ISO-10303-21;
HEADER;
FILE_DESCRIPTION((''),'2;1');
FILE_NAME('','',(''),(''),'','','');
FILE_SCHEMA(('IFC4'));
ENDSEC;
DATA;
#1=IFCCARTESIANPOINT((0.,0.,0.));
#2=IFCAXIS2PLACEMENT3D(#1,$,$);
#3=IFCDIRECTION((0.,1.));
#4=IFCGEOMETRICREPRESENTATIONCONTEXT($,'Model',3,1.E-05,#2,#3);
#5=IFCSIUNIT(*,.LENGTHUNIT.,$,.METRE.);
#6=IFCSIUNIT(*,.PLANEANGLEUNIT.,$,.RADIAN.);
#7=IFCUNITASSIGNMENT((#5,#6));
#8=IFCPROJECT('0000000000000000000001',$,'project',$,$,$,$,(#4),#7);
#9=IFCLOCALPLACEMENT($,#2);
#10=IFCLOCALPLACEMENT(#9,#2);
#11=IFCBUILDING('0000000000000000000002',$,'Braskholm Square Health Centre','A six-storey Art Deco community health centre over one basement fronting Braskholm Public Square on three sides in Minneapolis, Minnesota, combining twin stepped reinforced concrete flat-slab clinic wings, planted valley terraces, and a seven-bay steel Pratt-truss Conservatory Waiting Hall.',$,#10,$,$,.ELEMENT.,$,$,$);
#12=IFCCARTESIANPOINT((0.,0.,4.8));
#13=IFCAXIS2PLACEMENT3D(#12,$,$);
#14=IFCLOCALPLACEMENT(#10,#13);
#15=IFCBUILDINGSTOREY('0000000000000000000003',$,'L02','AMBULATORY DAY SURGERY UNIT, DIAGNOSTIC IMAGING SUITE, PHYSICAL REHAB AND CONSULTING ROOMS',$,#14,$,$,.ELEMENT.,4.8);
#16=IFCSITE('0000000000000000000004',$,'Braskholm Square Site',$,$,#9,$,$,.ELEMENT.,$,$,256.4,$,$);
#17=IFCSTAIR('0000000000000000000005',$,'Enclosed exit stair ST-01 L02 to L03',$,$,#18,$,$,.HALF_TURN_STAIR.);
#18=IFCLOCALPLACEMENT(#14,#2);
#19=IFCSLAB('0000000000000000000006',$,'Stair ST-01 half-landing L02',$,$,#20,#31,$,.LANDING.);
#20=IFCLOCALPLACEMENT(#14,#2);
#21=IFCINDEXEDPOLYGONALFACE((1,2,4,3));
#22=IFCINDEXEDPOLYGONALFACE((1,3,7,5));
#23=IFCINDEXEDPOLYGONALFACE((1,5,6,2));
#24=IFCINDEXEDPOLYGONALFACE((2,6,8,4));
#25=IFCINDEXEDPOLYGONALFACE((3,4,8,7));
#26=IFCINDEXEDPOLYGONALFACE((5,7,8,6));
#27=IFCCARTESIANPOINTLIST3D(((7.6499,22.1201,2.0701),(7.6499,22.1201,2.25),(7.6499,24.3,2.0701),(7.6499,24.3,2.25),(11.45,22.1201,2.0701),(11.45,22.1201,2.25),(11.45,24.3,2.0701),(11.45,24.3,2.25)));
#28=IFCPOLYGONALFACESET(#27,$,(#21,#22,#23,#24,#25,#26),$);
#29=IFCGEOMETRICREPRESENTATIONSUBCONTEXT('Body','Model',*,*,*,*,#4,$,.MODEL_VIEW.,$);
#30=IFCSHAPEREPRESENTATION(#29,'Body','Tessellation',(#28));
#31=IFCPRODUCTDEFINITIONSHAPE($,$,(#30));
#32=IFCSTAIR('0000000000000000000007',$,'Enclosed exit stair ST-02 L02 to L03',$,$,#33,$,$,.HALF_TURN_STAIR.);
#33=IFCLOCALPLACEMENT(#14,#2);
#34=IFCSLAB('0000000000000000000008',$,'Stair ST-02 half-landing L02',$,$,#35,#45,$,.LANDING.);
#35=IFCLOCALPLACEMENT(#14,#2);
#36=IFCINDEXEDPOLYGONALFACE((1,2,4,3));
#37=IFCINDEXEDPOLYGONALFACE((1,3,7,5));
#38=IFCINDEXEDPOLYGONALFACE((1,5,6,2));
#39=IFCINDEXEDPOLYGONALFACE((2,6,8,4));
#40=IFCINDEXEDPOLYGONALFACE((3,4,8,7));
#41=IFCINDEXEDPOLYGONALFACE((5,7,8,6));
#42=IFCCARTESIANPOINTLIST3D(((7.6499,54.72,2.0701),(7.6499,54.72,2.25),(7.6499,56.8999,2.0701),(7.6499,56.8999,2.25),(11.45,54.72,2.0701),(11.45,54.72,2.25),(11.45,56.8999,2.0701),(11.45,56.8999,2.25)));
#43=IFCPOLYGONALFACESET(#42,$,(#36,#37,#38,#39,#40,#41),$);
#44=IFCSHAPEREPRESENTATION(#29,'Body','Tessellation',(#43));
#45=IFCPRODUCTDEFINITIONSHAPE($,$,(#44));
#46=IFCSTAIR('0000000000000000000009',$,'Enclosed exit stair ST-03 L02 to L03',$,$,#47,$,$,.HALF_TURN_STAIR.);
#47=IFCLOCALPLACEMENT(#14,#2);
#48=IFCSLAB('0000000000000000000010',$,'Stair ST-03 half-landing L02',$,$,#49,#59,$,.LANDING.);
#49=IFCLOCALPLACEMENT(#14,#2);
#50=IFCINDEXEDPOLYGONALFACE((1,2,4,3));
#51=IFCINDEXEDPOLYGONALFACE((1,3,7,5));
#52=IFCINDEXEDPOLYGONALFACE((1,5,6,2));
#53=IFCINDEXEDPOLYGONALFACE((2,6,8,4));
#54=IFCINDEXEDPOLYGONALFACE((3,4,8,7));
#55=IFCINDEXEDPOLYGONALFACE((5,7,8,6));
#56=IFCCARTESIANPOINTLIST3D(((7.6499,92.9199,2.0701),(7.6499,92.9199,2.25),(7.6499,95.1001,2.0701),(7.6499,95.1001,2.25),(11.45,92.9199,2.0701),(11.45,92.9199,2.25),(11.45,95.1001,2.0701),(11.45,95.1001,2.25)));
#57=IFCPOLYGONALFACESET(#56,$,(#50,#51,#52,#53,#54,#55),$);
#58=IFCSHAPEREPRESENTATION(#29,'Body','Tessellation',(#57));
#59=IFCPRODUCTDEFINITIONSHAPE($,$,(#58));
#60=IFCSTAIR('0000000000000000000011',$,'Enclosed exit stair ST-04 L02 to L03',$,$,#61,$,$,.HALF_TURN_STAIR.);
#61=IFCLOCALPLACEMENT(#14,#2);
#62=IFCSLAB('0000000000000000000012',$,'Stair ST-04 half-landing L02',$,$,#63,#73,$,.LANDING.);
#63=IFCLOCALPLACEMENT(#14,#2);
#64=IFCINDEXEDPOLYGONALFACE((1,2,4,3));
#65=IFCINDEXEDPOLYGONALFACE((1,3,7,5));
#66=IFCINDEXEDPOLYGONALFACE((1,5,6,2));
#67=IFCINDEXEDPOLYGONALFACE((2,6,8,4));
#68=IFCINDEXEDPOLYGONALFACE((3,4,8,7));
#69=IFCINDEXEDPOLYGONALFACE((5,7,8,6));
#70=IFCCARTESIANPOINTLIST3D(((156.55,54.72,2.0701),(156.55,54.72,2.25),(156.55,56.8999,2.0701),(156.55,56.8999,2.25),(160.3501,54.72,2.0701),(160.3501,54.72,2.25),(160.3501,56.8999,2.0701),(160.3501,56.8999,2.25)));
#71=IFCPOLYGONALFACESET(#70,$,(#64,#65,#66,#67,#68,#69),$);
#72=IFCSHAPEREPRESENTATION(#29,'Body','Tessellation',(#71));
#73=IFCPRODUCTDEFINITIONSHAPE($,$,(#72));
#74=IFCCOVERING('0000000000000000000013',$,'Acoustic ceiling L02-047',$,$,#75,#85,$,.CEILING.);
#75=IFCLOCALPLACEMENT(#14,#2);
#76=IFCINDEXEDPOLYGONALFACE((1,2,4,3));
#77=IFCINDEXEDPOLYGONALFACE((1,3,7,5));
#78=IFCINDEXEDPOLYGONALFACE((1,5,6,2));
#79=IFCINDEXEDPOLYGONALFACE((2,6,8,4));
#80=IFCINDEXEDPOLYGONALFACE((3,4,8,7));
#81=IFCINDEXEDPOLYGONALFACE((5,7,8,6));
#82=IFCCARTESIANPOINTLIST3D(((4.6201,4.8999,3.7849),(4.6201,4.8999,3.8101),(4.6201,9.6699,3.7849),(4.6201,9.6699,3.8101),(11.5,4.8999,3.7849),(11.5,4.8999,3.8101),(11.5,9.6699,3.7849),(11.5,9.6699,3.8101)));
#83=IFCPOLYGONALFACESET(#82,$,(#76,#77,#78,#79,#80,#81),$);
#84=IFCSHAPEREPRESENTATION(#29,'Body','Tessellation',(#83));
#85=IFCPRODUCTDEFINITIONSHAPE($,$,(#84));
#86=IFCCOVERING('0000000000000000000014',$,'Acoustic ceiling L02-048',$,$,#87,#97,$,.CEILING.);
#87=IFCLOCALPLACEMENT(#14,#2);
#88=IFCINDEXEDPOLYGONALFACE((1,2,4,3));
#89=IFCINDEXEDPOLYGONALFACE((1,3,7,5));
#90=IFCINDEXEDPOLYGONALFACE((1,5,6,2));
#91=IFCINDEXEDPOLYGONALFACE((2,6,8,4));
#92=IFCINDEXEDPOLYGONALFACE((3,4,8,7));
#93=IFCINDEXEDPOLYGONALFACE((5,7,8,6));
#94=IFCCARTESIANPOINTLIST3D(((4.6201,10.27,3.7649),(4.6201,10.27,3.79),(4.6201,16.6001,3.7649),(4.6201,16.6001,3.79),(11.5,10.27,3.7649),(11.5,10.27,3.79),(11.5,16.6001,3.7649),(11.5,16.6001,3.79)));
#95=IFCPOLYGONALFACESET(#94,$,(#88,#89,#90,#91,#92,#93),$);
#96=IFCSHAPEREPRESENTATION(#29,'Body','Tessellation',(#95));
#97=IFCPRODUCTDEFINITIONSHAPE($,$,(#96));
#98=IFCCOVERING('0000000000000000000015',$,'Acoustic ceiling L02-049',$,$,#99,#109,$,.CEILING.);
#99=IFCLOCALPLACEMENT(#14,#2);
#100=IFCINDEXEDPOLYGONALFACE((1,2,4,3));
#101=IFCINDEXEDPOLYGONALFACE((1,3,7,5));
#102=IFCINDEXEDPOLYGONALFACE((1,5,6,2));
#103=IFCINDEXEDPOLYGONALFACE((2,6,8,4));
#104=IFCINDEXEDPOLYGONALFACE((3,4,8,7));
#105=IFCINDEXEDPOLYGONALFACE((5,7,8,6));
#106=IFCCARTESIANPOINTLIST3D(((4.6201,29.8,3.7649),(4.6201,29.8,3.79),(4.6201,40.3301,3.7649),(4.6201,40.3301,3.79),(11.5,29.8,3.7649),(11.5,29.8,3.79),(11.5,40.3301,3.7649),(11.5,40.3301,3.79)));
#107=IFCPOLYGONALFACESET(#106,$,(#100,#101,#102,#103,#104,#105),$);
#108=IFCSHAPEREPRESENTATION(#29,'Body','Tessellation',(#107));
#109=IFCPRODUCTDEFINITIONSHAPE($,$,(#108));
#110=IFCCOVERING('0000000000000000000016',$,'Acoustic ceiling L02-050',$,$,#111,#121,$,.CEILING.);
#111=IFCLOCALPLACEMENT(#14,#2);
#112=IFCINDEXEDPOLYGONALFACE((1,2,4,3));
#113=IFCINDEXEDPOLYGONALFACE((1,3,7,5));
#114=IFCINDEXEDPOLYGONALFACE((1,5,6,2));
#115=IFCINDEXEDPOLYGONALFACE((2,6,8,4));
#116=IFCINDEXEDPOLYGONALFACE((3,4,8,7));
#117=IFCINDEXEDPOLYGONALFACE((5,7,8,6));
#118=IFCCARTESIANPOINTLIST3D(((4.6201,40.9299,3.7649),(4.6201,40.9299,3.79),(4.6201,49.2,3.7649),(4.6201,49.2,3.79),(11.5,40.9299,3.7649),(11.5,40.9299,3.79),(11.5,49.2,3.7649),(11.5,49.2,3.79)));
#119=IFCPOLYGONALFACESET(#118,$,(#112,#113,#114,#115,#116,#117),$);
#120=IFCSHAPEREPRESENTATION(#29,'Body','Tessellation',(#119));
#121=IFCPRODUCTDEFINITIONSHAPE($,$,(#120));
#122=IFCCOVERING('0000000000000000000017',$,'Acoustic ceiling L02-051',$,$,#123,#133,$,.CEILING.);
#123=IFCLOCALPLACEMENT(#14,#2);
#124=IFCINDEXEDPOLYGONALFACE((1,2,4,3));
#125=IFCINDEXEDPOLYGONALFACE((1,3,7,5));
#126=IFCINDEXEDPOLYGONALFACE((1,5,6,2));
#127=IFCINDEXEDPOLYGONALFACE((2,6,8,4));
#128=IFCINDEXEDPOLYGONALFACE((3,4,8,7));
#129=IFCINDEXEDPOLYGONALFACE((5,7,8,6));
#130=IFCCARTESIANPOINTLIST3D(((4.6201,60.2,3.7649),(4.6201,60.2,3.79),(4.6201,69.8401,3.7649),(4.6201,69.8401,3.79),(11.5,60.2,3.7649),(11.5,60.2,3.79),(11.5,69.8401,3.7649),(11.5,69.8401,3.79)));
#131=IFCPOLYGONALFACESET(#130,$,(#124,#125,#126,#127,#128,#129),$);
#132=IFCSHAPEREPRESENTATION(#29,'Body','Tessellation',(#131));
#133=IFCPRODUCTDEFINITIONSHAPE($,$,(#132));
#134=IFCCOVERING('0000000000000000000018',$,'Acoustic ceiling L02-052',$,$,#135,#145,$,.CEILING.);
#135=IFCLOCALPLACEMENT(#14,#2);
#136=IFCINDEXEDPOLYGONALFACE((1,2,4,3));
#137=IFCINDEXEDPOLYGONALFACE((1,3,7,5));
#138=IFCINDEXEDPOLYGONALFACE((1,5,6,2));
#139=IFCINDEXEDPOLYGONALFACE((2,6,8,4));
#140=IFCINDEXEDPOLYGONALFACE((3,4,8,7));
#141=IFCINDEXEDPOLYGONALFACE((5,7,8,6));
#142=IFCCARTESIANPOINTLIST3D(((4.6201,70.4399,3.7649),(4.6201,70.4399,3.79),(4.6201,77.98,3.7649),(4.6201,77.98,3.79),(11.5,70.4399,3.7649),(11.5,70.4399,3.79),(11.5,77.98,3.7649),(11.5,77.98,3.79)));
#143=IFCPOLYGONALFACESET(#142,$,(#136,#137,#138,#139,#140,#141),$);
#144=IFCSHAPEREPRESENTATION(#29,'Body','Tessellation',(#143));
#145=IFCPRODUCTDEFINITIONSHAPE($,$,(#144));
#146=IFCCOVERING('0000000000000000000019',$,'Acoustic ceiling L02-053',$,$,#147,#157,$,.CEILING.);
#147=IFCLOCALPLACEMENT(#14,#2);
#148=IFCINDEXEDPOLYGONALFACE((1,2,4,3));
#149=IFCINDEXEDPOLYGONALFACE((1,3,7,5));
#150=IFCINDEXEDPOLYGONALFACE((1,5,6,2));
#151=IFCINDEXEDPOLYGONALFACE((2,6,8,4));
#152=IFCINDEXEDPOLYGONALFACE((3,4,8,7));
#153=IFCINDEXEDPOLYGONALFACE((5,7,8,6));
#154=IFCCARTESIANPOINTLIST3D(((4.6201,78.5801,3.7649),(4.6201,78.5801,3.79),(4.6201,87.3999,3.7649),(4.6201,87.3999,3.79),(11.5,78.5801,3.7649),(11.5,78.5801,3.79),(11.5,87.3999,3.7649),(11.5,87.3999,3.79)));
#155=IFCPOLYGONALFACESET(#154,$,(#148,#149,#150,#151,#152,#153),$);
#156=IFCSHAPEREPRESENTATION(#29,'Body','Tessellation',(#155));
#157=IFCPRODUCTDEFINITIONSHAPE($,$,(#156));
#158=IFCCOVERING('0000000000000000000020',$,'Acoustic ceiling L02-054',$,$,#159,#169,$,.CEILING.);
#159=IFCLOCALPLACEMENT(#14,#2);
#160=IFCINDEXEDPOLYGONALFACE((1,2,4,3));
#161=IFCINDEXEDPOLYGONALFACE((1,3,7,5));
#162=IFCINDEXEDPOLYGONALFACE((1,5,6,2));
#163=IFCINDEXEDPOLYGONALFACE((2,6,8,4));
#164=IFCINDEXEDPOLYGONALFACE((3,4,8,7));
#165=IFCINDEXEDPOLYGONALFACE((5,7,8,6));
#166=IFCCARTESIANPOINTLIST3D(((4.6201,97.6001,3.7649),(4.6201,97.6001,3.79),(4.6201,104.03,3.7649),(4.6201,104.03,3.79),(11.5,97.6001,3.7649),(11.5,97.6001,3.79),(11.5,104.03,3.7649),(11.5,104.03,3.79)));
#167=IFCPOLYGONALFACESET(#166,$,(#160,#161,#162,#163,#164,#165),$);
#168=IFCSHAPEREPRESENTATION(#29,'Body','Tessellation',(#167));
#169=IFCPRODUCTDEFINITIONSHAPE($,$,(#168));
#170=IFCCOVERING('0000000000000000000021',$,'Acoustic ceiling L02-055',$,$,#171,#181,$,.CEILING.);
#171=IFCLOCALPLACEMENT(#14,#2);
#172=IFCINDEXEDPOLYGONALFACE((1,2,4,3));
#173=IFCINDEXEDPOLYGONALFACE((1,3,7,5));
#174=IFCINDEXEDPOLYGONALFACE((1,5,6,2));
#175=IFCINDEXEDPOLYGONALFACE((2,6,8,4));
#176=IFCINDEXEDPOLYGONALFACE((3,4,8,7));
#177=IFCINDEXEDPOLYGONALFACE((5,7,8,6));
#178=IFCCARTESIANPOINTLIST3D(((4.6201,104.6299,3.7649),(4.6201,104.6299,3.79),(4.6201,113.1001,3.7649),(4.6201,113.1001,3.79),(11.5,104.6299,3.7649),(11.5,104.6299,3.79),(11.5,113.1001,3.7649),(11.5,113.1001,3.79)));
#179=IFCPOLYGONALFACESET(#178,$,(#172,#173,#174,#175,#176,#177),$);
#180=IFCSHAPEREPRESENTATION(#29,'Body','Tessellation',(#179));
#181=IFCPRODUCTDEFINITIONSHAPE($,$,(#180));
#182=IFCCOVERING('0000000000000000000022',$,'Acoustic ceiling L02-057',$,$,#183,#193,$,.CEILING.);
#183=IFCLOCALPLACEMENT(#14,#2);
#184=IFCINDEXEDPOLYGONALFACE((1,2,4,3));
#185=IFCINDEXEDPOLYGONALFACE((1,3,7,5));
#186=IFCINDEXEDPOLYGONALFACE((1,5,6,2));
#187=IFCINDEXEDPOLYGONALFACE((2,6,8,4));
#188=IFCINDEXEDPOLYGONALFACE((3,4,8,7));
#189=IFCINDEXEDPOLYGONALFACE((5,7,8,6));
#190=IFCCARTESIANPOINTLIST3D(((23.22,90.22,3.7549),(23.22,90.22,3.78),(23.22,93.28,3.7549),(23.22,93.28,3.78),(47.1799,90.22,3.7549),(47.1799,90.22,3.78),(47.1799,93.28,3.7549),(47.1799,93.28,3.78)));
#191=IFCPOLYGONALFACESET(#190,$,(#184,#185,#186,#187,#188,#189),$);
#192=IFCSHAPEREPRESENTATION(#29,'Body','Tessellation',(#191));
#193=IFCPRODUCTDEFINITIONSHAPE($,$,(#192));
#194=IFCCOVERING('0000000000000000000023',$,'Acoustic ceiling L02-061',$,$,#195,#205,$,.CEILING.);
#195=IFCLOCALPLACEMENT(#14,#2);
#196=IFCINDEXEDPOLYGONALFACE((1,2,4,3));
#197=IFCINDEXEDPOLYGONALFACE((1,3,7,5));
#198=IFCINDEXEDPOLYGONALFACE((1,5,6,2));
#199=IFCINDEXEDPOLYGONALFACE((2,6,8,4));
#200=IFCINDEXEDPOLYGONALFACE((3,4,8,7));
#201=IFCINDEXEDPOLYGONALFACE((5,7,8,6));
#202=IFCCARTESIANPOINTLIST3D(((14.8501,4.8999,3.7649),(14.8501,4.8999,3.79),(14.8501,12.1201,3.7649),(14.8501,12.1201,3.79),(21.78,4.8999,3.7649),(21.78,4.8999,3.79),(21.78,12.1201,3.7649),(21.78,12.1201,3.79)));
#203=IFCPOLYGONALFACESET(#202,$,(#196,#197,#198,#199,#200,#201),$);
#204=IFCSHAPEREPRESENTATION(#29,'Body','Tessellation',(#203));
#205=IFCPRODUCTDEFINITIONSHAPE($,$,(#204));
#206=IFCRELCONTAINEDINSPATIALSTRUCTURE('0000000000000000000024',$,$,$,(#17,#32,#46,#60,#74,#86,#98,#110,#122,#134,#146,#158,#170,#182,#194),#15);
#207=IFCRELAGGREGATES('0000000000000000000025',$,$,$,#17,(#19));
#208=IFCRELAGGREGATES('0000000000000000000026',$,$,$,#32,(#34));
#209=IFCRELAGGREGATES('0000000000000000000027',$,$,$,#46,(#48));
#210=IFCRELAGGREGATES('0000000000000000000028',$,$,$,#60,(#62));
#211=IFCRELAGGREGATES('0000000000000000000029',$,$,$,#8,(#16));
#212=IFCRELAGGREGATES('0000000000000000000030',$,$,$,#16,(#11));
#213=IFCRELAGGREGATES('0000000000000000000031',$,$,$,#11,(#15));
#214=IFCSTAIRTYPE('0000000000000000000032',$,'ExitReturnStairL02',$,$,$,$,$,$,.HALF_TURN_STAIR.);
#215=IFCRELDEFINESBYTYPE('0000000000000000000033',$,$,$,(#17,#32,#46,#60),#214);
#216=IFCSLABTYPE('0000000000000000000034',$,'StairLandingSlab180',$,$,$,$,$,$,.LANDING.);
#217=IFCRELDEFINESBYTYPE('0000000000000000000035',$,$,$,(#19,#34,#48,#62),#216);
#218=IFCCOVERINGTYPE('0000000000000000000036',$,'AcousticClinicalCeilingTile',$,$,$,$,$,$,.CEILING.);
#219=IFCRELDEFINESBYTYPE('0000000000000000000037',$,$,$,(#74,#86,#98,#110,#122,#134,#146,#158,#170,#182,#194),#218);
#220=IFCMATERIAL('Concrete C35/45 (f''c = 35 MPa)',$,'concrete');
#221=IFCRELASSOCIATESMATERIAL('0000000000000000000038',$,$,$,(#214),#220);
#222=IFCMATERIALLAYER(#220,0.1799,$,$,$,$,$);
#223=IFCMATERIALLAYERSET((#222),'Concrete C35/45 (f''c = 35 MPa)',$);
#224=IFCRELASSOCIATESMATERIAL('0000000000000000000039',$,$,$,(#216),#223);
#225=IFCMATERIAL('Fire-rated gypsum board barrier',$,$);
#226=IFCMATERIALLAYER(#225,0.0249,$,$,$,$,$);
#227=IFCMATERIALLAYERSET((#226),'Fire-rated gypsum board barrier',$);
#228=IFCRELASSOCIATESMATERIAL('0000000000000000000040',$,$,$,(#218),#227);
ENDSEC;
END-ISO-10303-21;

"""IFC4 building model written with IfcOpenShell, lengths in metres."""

from ifc_helpers import new_model, si_unit, direction, frame, origin, place, context, subcontext, project, spatial, polyline, outline, extrude, material, layer, layer_set, type_object, element, aggregate, save


model = new_model("IFC4")

# Units and contexts
model_context = context("Model", 3, precision=1e-05, world=origin(), true_north=direction((0.0, 1.0)))
body_context = subcontext(model_context, "Body", "Model", "MODEL_VIEW")
ifc_project = project(units=[si_unit("LENGTHUNIT", "METRE"), si_unit("PLANEANGLEUNIT", "RADIAN")], contexts=[model_context])

# Site, building, storey
site_placement = place(None, origin())
site = spatial("IfcSite", under=ifc_project, at=site_placement, Name="Braskholm Square Site", CompositionType="ELEMENT", RefElevation=256.4)
building_placement = place(site_placement, origin())
building = spatial("IfcBuilding", under=site, at=building_placement, Name="Braskholm Square Health Centre", Description="A six-storey Art Deco community health centre over one basement fronting Braskholm Public Square on three sides in Minneapolis, Minnesota, combining twin stepped reinforced concrete flat-slab clinic wings, planted valley terraces, and a seven-bay steel Pratt-truss Conservatory Waiting Hall.", CompositionType="ELEMENT")
storey_placement = place(building_placement, frame((0.0, 0.0, 4.8)))
storey = spatial("IfcBuildingStorey", under=building, at=storey_placement, Name="L02", Description="AMBULATORY DAY SURGERY UNIT, DIAGNOSTIC IMAGING SUITE, PHYSICAL REHAB AND CONSULTING ROOMS", CompositionType="ELEMENT", Elevation=4.8)

# Stairs, slabs
ifc_material_1 = material(Name="Concrete C35/45 (f'c = 35 MPa)", Category="concrete")
stair_type = type_object("IfcStairType", Name="ExitReturnStairL02", PredefinedType="HALF_TURN_STAIR", material=ifc_material_1)
stair_1_placement = place(storey_placement, origin())
stair_1 = element("IfcStair", 1, at=stair_1_placement, inside=storey, type_object=stair_type, Name="Enclosed exit stair ST-01 L02 to L03", PredefinedType="HALF_TURN_STAIR")
ifc_layer_1 = layer(ifc_material_1, 0.1799)
ifc_layer_set_1 = layer_set([ifc_layer_1], Name="Concrete C35/45 (f'c = 35 MPa)")
slab_type = type_object("IfcSlabType", Name="StairLandingSlab180", PredefinedType="LANDING", material=ifc_layer_set_1)
slab_1_placement = place(storey_placement, frame((0.0, 0.0, 2.0701)))
slab_1 = element("IfcSlab", 2, at=slab_1_placement, type_object=slab_type, Name="Stair ST-01 half-landing L02", PredefinedType="LANDING", context=body_context, shape_type="SweptSolid", body=[
    extrude(outline(polyline([(7.6499, 22.1201), (11.45, 22.1201), (11.45, 24.3), (7.6499, 24.3), (7.6499, 22.1201)])), origin(), (0.0, 0.0, 1.0), 0.1799),
])
aggregate(stair_1, [slab_1])
stair_2_placement = place(storey_placement, origin())
stair_2 = element("IfcStair", 3, at=stair_2_placement, inside=storey, type_object=stair_type, Name="Enclosed exit stair ST-02 L02 to L03", PredefinedType="HALF_TURN_STAIR")
slab_2_placement = place(storey_placement, frame((0.0, 0.0, 2.0701)))
slab_2 = element("IfcSlab", 4, at=slab_2_placement, type_object=slab_type, Name="Stair ST-02 half-landing L02", PredefinedType="LANDING", context=body_context, shape_type="SweptSolid", body=[
    extrude(outline(polyline([(7.6499, 54.72), (11.45, 54.72), (11.45, 56.8999), (7.6499, 56.8999), (7.6499, 54.72)])), origin(), (0.0, 0.0, 1.0), 0.1799),
])
aggregate(stair_2, [slab_2])
stair_3_placement = place(storey_placement, origin())
stair_3 = element("IfcStair", 5, at=stair_3_placement, inside=storey, type_object=stair_type, Name="Enclosed exit stair ST-03 L02 to L03", PredefinedType="HALF_TURN_STAIR")
slab_3_placement = place(storey_placement, frame((0.0, 0.0, 2.0701)))
slab_3 = element("IfcSlab", 6, at=slab_3_placement, type_object=slab_type, Name="Stair ST-03 half-landing L02", PredefinedType="LANDING", context=body_context, shape_type="SweptSolid", body=[
    extrude(outline(polyline([(7.6499, 92.9199), (11.45, 92.9199), (11.45, 95.1001), (7.6499, 95.1001), (7.6499, 92.9199)])), origin(), (0.0, 0.0, 1.0), 0.1799),
])
aggregate(stair_3, [slab_3])
stair_4_placement = place(storey_placement, origin())
stair_4 = element("IfcStair", 7, at=stair_4_placement, inside=storey, type_object=stair_type, Name="Enclosed exit stair ST-04 L02 to L03", PredefinedType="HALF_TURN_STAIR")
slab_4_placement = place(storey_placement, frame((0.0, 0.0, 2.0701)))
slab_4 = element("IfcSlab", 8, at=slab_4_placement, type_object=slab_type, Name="Stair ST-04 half-landing L02", PredefinedType="LANDING", context=body_context, shape_type="SweptSolid", body=[
    extrude(outline(polyline([(156.55, 54.72), (160.3501, 54.72), (160.3501, 56.8999), (156.55, 56.8999), (156.55, 54.72)])), origin(), (0.0, 0.0, 1.0), 0.1799),
])
aggregate(stair_4, [slab_4])

# Coverings
ifc_material_2 = material(Name="Fire-rated gypsum board barrier")
ifc_layer_2 = layer(ifc_material_2, 0.0249)
ifc_layer_set_2 = layer_set([ifc_layer_2], Name="Fire-rated gypsum board barrier")
covering_type_1 = type_object("IfcCoveringType", Name="AcousticClinicalCeilingTile", PredefinedType="CEILING", material=ifc_layer_set_2)
covering_1_placement = place(storey_placement, frame((0.0, 0.0, 3.7849)))
element("IfcCovering", 9, at=covering_1_placement, inside=storey, type_object=covering_type_1, Name="Acoustic ceiling L02-047", PredefinedType="CEILING", context=body_context, shape_type="SweptSolid", body=[
    extrude(outline(polyline([(4.6201, 4.8999), (11.5, 4.8999), (11.5, 9.6699), (4.6201, 9.6699), (4.6201, 4.8999)])), origin(), (0.0, 0.0, 1.0), 0.0251),
])
covering_2_placement = place(storey_placement, frame((0.0, 0.0, 3.7649)))
element("IfcCovering", 10, at=covering_2_placement, inside=storey, type_object=covering_type_1, Name="Acoustic ceiling L02-048", PredefinedType="CEILING", context=body_context, shape_type="SweptSolid", body=[
    extrude(outline(polyline([(4.6201, 10.27), (11.5, 10.27), (11.5, 16.6001), (4.6201, 16.6001), (4.6201, 10.27)])), origin(), (0.0, 0.0, 1.0), 0.0251),
])
covering_3_placement = place(storey_placement, frame((0.0, 0.0, 3.7649)))
element("IfcCovering", 11, at=covering_3_placement, inside=storey, type_object=covering_type_1, Name="Acoustic ceiling L02-049", PredefinedType="CEILING", context=body_context, shape_type="SweptSolid", body=[
    extrude(outline(polyline([(4.6201, 29.8), (11.5, 29.8), (11.5, 40.3301), (4.6201, 40.3301), (4.6201, 29.8)])), origin(), (0.0, 0.0, 1.0), 0.0251),
])
covering_4_placement = place(storey_placement, frame((0.0, 0.0, 3.7649)))
element("IfcCovering", 12, at=covering_4_placement, inside=storey, type_object=covering_type_1, Name="Acoustic ceiling L02-050", PredefinedType="CEILING", context=body_context, shape_type="SweptSolid", body=[
    extrude(outline(polyline([(4.6201, 40.9299), (11.5, 40.9299), (11.5, 49.2), (4.6201, 49.2), (4.6201, 40.9299)])), origin(), (0.0, 0.0, 1.0), 0.0251),
])
covering_5_placement = place(storey_placement, frame((0.0, 0.0, 3.7649)))
element("IfcCovering", 13, at=covering_5_placement, inside=storey, type_object=covering_type_1, Name="Acoustic ceiling L02-051", PredefinedType="CEILING", context=body_context, shape_type="SweptSolid", body=[
    extrude(outline(polyline([(4.6201, 60.2), (11.5, 60.2), (11.5, 69.8401), (4.6201, 69.8401), (4.6201, 60.2)])), origin(), (0.0, 0.0, 1.0), 0.0251),
])
covering_6_placement = place(storey_placement, frame((0.0, 0.0, 3.7649)))
element("IfcCovering", 14, at=covering_6_placement, inside=storey, type_object=covering_type_1, Name="Acoustic ceiling L02-052", PredefinedType="CEILING", context=body_context, shape_type="SweptSolid", body=[
    extrude(outline(polyline([(4.6201, 70.4399), (11.5, 70.4399), (11.5, 77.98), (4.6201, 77.98), (4.6201, 70.4399)])), origin(), (0.0, 0.0, 1.0), 0.0251),
])
covering_7_placement = place(storey_placement, frame((0.0, 0.0, 3.7649)))
element("IfcCovering", 15, at=covering_7_placement, inside=storey, type_object=covering_type_1, Name="Acoustic ceiling L02-053", PredefinedType="CEILING", context=body_context, shape_type="SweptSolid", body=[
    extrude(outline(polyline([(4.6201, 78.5801), (11.5, 78.5801), (11.5, 87.3999), (4.6201, 87.3999), (4.6201, 78.5801)])), origin(), (0.0, 0.0, 1.0), 0.0251),
])
covering_8_placement = place(storey_placement, frame((0.0, 0.0, 3.7649)))
element("IfcCovering", 16, at=covering_8_placement, inside=storey, type_object=covering_type_1, Name="Acoustic ceiling L02-054", PredefinedType="CEILING", context=body_context, shape_type="SweptSolid", body=[
    extrude(outline(polyline([(4.6201, 97.6001), (11.5, 97.6001), (11.5, 104.03), (4.6201, 104.03), (4.6201, 97.6001)])), origin(), (0.0, 0.0, 1.0), 0.0251),
])
covering_9_placement = place(storey_placement, frame((0.0, 0.0, 3.7649)))
element("IfcCovering", 17, at=covering_9_placement, inside=storey, type_object=covering_type_1, Name="Acoustic ceiling L02-055", PredefinedType="CEILING", context=body_context, shape_type="SweptSolid", body=[
    extrude(outline(polyline([(4.6201, 104.6299), (11.5, 104.6299), (11.5, 113.1001), (4.6201, 113.1001), (4.6201, 104.6299)])), origin(), (0.0, 0.0, 1.0), 0.0251),
])
covering_10_placement = place(storey_placement, frame((0.0, 0.0, 3.7549)))
element("IfcCovering", 18, at=covering_10_placement, inside=storey, type_object=covering_type_1, Name="Acoustic ceiling L02-057", PredefinedType="CEILING", context=body_context, shape_type="SweptSolid", body=[
    extrude(outline(polyline([(23.22, 90.22), (47.1799, 90.22), (47.1799, 93.28), (23.22, 93.28), (23.22, 90.22)])), origin(), (0.0, 0.0, 1.0), 0.0251),
])
covering_11_placement = place(storey_placement, frame((0.0, 0.0, 3.7649)))
element("IfcCovering", 19, at=covering_11_placement, inside=storey, type_object=covering_type_1, Name="Acoustic ceiling L02-061", PredefinedType="CEILING", context=body_context, shape_type="SweptSolid", body=[
    extrude(outline(polyline([(14.8501, 4.8999), (21.78, 4.8999), (21.78, 12.1201), (14.8501, 12.1201), (14.8501, 4.8999)])), origin(), (0.0, 0.0, 1.0), 0.0251),
])

save(model, "model.ifc")
